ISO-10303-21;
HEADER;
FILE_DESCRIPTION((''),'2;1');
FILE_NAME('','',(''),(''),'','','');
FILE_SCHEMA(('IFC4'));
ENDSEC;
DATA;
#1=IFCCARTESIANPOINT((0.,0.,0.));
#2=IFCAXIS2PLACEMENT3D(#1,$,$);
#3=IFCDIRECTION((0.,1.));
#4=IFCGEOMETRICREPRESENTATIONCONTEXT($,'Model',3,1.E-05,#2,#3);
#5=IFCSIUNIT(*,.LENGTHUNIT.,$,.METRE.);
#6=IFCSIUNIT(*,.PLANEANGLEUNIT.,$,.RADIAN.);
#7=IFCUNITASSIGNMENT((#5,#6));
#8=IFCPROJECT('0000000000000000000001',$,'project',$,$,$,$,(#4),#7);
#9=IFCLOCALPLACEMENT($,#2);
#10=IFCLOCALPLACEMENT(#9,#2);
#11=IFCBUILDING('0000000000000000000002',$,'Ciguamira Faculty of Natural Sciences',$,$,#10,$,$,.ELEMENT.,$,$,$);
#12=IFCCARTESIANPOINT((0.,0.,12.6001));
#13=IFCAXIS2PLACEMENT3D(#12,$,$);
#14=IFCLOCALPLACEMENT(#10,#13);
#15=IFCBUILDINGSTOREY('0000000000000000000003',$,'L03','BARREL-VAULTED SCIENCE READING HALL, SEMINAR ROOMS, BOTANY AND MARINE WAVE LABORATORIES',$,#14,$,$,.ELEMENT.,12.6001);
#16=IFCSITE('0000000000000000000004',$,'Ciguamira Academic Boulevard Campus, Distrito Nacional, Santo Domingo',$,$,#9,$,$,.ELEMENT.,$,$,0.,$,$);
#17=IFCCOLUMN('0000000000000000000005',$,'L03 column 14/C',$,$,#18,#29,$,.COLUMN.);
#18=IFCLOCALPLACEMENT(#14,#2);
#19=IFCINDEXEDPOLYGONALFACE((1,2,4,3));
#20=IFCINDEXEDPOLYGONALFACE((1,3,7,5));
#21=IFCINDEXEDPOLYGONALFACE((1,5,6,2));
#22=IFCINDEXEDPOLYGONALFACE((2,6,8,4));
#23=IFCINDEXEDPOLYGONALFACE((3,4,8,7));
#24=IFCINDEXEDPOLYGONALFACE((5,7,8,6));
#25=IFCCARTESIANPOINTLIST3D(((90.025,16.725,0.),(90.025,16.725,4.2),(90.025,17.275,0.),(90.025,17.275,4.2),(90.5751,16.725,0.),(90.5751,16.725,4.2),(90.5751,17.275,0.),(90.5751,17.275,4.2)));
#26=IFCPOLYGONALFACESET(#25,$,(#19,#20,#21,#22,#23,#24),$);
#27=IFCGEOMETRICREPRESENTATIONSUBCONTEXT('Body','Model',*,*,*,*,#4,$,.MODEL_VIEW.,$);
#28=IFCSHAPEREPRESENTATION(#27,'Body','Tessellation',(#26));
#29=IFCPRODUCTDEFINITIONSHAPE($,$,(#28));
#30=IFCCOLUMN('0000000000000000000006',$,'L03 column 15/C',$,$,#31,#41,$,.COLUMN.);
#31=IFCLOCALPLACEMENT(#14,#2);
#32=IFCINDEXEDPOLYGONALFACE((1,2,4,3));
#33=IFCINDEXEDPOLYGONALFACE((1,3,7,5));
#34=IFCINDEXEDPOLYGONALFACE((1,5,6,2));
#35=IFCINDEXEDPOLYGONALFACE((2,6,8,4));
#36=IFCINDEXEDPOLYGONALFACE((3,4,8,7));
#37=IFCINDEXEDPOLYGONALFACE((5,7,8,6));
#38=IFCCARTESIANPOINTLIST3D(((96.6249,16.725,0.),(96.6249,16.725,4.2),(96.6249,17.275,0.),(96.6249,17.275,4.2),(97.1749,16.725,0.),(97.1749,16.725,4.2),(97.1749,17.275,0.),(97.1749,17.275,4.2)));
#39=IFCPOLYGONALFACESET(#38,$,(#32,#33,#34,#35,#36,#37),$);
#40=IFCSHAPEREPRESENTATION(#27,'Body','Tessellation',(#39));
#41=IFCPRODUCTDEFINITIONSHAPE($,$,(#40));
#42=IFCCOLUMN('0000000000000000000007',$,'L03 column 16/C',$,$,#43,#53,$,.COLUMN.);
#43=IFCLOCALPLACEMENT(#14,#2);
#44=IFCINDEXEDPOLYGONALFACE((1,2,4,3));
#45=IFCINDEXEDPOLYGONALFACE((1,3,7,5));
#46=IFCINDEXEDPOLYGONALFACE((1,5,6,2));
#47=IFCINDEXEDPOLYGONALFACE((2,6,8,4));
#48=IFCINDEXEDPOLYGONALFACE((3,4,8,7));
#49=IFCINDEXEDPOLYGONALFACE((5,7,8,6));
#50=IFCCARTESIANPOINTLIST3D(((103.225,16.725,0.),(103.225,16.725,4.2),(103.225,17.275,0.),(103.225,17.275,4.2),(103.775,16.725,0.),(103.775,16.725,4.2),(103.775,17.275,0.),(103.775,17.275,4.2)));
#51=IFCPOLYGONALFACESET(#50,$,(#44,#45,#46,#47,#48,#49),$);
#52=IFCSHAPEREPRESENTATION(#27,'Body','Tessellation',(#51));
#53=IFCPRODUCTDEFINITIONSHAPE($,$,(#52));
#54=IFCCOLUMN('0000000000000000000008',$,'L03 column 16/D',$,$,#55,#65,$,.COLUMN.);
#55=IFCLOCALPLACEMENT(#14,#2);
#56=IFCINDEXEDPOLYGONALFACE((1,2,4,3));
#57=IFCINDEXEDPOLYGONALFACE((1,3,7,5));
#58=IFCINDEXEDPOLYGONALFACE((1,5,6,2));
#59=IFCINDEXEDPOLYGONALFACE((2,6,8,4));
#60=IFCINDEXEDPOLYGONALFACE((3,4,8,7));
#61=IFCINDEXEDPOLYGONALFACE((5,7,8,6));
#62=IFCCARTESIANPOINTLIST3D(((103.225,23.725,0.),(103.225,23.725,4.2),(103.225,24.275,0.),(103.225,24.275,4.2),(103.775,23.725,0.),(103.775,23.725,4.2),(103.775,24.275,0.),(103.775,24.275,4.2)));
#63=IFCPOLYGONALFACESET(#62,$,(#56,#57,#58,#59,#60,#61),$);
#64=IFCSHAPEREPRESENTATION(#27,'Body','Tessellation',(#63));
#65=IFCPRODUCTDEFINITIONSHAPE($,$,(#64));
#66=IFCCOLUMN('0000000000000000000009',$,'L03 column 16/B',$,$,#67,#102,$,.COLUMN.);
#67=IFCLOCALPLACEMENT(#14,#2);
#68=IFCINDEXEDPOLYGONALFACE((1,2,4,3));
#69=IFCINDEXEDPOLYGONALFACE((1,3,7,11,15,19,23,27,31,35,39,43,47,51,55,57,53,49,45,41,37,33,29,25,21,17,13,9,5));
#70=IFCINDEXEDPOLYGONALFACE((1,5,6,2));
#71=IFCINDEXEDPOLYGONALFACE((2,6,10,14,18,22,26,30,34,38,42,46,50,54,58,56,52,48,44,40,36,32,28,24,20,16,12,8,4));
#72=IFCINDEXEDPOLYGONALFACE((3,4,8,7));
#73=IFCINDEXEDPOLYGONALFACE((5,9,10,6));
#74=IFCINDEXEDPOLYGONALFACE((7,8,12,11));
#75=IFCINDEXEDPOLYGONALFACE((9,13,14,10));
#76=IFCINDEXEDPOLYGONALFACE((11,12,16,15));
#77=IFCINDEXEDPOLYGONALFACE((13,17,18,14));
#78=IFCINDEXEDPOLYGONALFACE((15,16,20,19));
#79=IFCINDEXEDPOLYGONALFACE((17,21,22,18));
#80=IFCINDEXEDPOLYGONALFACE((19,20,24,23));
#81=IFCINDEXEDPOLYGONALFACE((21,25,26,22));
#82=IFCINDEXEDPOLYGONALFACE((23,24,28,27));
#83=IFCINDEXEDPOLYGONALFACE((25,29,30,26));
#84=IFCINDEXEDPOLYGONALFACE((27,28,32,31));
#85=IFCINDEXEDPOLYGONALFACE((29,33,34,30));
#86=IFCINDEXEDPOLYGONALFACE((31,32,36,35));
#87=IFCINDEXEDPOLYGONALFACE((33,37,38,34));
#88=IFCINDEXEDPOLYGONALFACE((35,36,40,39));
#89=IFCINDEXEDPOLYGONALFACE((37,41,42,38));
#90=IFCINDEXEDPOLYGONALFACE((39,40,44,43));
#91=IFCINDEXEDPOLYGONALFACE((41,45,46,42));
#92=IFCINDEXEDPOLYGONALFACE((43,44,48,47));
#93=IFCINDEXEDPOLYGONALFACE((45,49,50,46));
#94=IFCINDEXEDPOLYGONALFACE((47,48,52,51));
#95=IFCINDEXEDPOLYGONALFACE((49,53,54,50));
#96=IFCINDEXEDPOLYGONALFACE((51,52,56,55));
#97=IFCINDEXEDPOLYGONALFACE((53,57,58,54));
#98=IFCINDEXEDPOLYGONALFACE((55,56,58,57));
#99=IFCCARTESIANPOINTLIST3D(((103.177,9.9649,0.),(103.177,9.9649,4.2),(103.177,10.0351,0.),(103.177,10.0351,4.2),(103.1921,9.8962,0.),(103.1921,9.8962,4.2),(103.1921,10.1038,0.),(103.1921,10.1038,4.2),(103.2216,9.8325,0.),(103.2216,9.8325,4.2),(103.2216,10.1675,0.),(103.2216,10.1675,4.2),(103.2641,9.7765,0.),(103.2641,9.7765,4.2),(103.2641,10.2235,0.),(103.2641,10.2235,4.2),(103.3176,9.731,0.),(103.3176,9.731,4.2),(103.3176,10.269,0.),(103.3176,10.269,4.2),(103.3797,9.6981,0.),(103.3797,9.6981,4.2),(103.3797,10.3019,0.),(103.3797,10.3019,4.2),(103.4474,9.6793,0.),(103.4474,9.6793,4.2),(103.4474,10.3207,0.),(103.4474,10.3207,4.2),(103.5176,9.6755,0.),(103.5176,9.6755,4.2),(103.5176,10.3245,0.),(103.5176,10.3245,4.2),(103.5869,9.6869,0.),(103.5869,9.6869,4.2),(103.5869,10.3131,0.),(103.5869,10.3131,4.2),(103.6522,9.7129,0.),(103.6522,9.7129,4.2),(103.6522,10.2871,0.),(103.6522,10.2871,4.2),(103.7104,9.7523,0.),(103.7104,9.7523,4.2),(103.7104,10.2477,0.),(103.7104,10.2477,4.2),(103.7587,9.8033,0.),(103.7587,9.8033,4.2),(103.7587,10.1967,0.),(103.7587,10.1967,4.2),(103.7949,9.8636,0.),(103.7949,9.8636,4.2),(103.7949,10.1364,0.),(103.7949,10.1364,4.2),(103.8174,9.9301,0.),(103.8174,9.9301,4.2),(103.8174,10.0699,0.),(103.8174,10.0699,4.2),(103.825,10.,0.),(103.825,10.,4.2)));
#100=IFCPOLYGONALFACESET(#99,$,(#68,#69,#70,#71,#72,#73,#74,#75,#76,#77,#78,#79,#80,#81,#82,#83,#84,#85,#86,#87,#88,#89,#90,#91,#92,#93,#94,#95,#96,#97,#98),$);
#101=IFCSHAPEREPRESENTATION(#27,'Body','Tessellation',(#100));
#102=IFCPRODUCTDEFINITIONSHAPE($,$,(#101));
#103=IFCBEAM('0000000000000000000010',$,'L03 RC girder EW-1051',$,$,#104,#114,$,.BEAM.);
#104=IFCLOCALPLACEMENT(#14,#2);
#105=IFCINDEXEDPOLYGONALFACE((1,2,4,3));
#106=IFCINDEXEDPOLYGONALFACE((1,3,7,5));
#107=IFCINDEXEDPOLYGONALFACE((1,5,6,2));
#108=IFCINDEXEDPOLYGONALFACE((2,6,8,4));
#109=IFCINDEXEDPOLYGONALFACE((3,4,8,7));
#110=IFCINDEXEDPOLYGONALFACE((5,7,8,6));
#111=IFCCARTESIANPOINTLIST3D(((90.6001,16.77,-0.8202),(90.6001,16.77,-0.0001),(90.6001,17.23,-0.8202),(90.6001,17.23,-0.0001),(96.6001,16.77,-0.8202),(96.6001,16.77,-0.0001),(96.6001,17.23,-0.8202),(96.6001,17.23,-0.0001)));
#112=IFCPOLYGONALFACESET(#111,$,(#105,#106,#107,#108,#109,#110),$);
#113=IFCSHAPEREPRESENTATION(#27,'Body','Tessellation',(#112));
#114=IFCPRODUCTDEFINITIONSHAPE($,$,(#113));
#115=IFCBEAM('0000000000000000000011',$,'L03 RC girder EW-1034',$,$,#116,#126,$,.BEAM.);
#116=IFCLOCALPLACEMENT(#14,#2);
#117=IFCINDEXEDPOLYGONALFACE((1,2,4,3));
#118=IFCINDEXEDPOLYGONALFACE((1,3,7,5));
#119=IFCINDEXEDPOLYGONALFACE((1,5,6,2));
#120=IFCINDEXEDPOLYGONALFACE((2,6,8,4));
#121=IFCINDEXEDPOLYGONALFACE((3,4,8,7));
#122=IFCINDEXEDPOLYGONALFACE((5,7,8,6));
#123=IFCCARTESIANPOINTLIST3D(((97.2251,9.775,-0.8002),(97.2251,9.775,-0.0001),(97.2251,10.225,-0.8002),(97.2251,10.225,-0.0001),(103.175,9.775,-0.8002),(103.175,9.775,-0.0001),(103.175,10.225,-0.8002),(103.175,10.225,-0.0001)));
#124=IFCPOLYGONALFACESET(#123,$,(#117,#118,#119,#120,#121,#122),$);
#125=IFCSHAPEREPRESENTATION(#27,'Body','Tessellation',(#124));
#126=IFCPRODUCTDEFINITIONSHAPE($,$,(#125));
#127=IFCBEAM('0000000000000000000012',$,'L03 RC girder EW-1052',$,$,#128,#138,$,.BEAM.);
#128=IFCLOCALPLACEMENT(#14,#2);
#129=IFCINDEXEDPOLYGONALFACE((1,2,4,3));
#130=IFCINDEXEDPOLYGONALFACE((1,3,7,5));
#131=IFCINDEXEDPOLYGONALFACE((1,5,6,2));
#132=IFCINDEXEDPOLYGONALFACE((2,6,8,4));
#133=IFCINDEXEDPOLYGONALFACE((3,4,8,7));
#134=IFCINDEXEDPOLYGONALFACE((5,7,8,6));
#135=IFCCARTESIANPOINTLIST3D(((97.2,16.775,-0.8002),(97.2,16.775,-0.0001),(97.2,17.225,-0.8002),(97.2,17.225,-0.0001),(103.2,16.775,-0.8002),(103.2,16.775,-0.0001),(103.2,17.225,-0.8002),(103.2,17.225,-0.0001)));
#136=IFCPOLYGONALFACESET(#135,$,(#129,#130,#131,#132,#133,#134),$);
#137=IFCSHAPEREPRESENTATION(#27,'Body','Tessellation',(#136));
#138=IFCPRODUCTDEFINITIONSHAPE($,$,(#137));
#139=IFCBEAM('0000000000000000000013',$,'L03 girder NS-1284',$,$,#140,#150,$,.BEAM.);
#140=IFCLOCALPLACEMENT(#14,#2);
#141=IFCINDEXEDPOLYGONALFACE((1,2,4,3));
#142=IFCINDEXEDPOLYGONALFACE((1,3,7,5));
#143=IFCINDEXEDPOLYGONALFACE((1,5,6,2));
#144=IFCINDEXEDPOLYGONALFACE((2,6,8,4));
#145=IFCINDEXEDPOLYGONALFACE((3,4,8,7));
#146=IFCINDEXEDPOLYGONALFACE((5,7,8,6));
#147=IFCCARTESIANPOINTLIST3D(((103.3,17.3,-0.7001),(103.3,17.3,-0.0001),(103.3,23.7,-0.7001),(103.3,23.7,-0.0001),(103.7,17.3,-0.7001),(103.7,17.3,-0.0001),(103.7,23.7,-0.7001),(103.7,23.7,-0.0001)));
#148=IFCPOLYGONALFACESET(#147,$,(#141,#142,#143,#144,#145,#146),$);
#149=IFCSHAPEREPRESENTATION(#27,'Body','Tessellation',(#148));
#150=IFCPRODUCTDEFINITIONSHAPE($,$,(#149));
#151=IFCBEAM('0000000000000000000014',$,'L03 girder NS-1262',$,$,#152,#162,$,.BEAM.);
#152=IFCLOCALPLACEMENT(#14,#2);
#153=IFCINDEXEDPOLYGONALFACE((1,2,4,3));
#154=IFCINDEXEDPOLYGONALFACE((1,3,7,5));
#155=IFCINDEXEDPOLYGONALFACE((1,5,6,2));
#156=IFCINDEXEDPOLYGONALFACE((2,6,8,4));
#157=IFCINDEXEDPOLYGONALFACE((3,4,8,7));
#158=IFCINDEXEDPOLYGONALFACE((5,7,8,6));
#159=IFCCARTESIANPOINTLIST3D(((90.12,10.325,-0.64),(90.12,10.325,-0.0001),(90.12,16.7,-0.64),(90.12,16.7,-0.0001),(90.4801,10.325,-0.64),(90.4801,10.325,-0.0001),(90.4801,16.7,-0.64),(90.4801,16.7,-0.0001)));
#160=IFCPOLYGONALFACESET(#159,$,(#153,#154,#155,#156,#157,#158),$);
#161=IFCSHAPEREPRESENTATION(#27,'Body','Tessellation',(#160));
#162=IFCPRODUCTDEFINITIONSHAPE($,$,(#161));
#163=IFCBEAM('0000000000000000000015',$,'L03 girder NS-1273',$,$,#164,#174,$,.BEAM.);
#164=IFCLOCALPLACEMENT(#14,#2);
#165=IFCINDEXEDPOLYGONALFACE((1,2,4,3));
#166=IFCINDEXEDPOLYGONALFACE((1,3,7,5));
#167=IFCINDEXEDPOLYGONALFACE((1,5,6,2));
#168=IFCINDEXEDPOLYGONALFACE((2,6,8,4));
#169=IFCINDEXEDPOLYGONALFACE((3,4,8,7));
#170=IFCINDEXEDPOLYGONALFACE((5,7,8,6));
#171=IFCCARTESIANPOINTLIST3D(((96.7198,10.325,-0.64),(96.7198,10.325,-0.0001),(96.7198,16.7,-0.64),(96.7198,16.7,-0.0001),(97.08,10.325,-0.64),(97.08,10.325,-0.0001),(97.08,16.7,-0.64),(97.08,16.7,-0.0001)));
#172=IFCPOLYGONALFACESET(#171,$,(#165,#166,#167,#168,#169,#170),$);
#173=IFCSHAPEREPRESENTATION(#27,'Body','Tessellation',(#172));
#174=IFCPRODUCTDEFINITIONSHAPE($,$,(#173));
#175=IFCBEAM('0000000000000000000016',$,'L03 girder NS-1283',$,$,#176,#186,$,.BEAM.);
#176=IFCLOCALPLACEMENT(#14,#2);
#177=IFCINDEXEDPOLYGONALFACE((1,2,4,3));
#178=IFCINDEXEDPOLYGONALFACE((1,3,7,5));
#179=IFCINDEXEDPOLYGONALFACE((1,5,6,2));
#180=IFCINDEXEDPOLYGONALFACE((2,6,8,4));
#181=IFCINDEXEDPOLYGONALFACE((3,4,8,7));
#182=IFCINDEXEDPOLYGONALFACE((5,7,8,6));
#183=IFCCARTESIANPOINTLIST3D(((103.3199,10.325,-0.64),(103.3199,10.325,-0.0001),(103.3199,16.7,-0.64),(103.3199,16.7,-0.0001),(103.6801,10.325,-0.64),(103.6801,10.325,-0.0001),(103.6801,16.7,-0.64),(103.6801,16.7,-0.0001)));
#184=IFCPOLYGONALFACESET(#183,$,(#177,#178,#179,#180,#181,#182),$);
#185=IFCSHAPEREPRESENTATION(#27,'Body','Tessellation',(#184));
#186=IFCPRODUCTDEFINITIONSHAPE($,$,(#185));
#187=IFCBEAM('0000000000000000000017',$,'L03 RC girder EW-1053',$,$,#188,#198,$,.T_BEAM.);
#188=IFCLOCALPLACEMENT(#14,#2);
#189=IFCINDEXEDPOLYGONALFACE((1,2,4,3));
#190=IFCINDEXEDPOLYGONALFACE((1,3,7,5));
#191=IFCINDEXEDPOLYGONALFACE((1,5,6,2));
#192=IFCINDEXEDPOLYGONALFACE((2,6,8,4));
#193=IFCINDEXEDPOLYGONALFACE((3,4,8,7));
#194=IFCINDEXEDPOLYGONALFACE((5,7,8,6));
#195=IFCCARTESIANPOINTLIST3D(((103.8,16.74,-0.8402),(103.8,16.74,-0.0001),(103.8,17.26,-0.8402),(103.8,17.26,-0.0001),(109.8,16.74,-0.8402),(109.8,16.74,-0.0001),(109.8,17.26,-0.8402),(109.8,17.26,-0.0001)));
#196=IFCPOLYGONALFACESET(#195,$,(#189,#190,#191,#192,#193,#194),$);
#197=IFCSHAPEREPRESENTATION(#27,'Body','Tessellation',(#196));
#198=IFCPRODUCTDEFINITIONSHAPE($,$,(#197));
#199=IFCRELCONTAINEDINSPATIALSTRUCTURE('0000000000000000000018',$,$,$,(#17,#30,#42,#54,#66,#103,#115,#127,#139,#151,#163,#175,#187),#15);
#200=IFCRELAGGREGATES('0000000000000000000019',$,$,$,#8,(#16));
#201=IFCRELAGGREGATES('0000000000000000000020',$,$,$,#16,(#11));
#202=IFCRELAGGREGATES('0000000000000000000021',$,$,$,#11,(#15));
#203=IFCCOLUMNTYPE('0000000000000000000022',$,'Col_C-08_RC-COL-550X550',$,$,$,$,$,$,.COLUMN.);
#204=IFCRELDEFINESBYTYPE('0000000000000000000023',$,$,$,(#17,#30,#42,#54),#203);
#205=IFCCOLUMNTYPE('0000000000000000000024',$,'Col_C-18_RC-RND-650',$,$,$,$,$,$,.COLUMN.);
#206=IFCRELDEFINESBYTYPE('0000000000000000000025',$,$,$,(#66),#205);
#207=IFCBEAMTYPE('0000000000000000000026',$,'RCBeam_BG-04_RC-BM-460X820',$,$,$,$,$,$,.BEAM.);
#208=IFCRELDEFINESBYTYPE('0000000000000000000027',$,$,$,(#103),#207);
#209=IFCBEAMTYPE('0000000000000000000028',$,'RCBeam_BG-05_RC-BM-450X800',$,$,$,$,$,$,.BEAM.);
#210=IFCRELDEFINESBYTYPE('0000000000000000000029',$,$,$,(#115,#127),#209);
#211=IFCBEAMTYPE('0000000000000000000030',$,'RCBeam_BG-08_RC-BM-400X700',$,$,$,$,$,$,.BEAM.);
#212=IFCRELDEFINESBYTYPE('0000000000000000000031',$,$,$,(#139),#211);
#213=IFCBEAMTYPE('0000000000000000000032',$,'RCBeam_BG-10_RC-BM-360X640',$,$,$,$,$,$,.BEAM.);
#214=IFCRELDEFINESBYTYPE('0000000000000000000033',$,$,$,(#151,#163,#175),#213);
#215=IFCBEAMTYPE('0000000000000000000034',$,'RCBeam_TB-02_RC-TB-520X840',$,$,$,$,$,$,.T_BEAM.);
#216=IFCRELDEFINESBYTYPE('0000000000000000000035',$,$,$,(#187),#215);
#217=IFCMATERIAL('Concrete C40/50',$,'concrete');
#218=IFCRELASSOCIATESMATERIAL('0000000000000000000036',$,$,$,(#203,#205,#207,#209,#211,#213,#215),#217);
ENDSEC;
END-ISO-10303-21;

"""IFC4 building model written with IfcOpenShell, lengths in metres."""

from ifc_helpers import new_model, si_unit, direction, frame, origin, origin_2d, place, context, subcontext, project, spatial, rectangle, circle, extrude, material, material_profile, profile_set, type_object, element, save


model = new_model("IFC4")

# Units and contexts
model_context = context("Model", 3, precision=1e-05, world=origin(), true_north=direction((0.0, 1.0)))
body_context = subcontext(model_context, "Body", "Model", "MODEL_VIEW")
ifc_project = project(units=[si_unit("LENGTHUNIT", "METRE"), si_unit("PLANEANGLEUNIT", "RADIAN")], contexts=[model_context])

# Site, building, storey
site_placement = place(None, origin())
site = spatial("IfcSite", under=ifc_project, at=site_placement, Name="Ciguamira Academic Boulevard Campus, Distrito Nacional, Santo Domingo", CompositionType="ELEMENT", RefElevation=0.0)
building_placement = place(site_placement, origin())
building = spatial("IfcBuilding", under=site, at=building_placement, Name="Ciguamira Faculty of Natural Sciences", CompositionType="ELEMENT")
storey_placement = place(building_placement, frame((0.0, 0.0, 12.6001)))
storey = spatial("IfcBuildingStorey", under=building, at=storey_placement, Name="L03", Description="BARREL-VAULTED SCIENCE READING HALL, SEMINAR ROOMS, BOTANY AND MARINE WAVE LABORATORIES", CompositionType="ELEMENT", Elevation=12.6001)

# Columns
ifc_material_1 = material(Name="Concrete C40/50", Category="concrete")
ifc_material_profile_1 = material_profile(ifc_material_1, rectangle(XDim=0.55, YDim=0.55, at=origin_2d()), Name="RC-COL-550X550")
ifc_profile_set_1 = profile_set([ifc_material_profile_1], Name="Concrete C40/50")
column_type_1 = type_object("IfcColumnType", Name="Col_C-08_RC-COL-550X550", PredefinedType="COLUMN", material=ifc_profile_set_1)
for number, where, z_axis, x_axis, name in (
    (1, (90.3, 17.0, 0.0), (0.0, 0.0, 1.0), (1.0, 0.0, 0.0), "L03 column 14/C"),
    (2, (96.8999, 17.0, 0.0), (0.0, 0.0, 1.0), (1.0, 0.0, 0.0), "L03 column 15/C"),
    (3, (103.5, 17.0, 0.0), (0.0, 0.0, 1.0), (1.0, 0.0, 0.0), "L03 column 16/C"),
    (4, (103.5, 24.0, 0.0), (0.0, 0.0, 1.0), (1.0, 0.0, 0.0), "L03 column 16/D"),
):
    element("IfcColumn", number, at=place(storey_placement, frame(where, z_axis=z_axis, x_axis=x_axis)), inside=storey, type_object=column_type_1, Name=name, PredefinedType="COLUMN", context=body_context, shape_type="SweptSolid", body=[
        extrude(rectangle(XDim=0.55, YDim=0.55, at=origin_2d()), origin(), (0.0, 0.0, 1.0), 4.2),
    ])
ifc_material_profile_2 = material_profile(ifc_material_1, circle(Radius=0.325, at=origin_2d()), Name="RC-RND-650")
ifc_profile_set_2 = profile_set([ifc_material_profile_2], Name="Concrete C40/50")
column_type_2 = type_object("IfcColumnType", Name="Col_C-18_RC-RND-650", PredefinedType="COLUMN", material=ifc_profile_set_2)
column_placement = place(storey_placement, frame((103.5, 10.0, 0.0), z_axis=(0.0, 0.0, 1.0), x_axis=(1.0, 0.0, 0.0)))
element("IfcColumn", 5, at=column_placement, inside=storey, type_object=column_type_2, Name="L03 column 16/B", PredefinedType="COLUMN", context=body_context, shape_type="SweptSolid", body=[
    extrude(circle(Radius=0.325, at=origin_2d()), origin(), (0.0, 0.0, 1.0), 4.2),
])

# Beams
ifc_material_profile_3 = material_profile(ifc_material_1, rectangle(XDim=0.46, YDim=0.8201, at=origin_2d()), Name="RC-BM-460X820")
ifc_profile_set_3 = profile_set([ifc_material_profile_3], Name="Concrete C40/50")
beam_type_1 = type_object("IfcBeamType", Name="RCBeam_BG-04_RC-BM-460X820", PredefinedType="BEAM", material=ifc_profile_set_3)
beam_1_placement = place(storey_placement, frame((90.6001, 17.0, -0.4102), z_axis=(1.0, 0.0, 0.0), x_axis=(0.0, 1.0, 0.0)))
element("IfcBeam", 6, at=beam_1_placement, inside=storey, type_object=beam_type_1, Name="L03 RC girder EW-1051", PredefinedType="BEAM", context=body_context, shape_type="SweptSolid", body=[
    extrude(rectangle(XDim=0.46, YDim=0.8201, at=origin_2d()), origin(), (0.0, 0.0, 1.0), 6.0),
])
ifc_material_profile_4 = material_profile(ifc_material_1, rectangle(XDim=0.45, YDim=0.8, at=origin_2d()), Name="RC-BM-450X800")
ifc_profile_set_4 = profile_set([ifc_material_profile_4], Name="Concrete C40/50")
beam_type_2 = type_object("IfcBeamType", Name="RCBeam_BG-05_RC-BM-450X800", PredefinedType="BEAM", material=ifc_profile_set_4)
beam_2_placement = place(storey_placement, frame((97.2251, 10.0, -0.4001), z_axis=(1.0, 0.0, 0.0), x_axis=(0.0, 1.0, 0.0)))
element("IfcBeam", 7, at=beam_2_placement, inside=storey, type_object=beam_type_2, Name="L03 RC girder EW-1034", PredefinedType="BEAM", context=body_context, shape_type="SweptSolid", body=[
    extrude(rectangle(XDim=0.45, YDim=0.8, at=origin_2d()), origin(), (0.0, 0.0, 1.0), 5.95),
])
beam_3_placement = place(storey_placement, frame((97.2, 17.0, -0.4001), z_axis=(1.0, 0.0, 0.0), x_axis=(0.0, 1.0, 0.0)))
element("IfcBeam", 8, at=beam_3_placement, inside=storey, type_object=beam_type_2, Name="L03 RC girder EW-1052", PredefinedType="BEAM", context=body_context, shape_type="SweptSolid", body=[
    extrude(rectangle(XDim=0.45, YDim=0.8, at=origin_2d()), origin(), (0.0, 0.0, 1.0), 6.0),
])
ifc_material_profile_5 = material_profile(ifc_material_1, rectangle(XDim=0.3999, YDim=0.7, at=origin_2d()), Name="RC-BM-400X700")
ifc_profile_set_5 = profile_set([ifc_material_profile_5], Name="Concrete C40/50")
beam_type_3 = type_object("IfcBeamType", Name="RCBeam_BG-08_RC-BM-400X700", PredefinedType="BEAM", material=ifc_profile_set_5)
beam_4_placement = place(storey_placement, frame((103.5, 17.3, -0.3501), z_axis=(0.0, 1.0, 0.0), x_axis=(-1.0, 0.0, 0.0)))
element("IfcBeam", 9, at=beam_4_placement, inside=storey, type_object=beam_type_3, Name="L03 girder NS-1284", PredefinedType="BEAM", context=body_context, shape_type="SweptSolid", body=[
    extrude(rectangle(XDim=0.3999, YDim=0.7, at=origin_2d()), origin(), (0.0, 0.0, 1.0), 6.3999),
])
ifc_material_profile_6 = material_profile(ifc_material_1, rectangle(XDim=0.3601, YDim=0.6399, at=origin_2d()), Name="RC-BM-360X640")
ifc_profile_set_6 = profile_set([ifc_material_profile_6], Name="Concrete C40/50")
beam_type_4 = type_object("IfcBeamType", Name="RCBeam_BG-10_RC-BM-360X640", PredefinedType="BEAM", material=ifc_profile_set_6)
for number, where, z_axis, x_axis, name in (
    (10, (90.3, 10.325, -0.3201), (0.0, 1.0, 0.0), (-1.0, 0.0, 0.0), "L03 girder NS-1262"),
    (11, (96.8999, 10.325, -0.3201), (0.0, 1.0, 0.0), (-1.0, 0.0, 0.0), "L03 girder NS-1273"),
    (12, (103.5, 10.325, -0.3201), (0.0, 1.0, 0.0), (-1.0, 0.0, 0.0), "L03 girder NS-1283"),
):
    element("IfcBeam", number, at=place(storey_placement, frame(where, z_axis=z_axis, x_axis=x_axis)), inside=storey, type_object=beam_type_4, Name=name, PredefinedType="BEAM", context=body_context, shape_type="SweptSolid", body=[
        extrude(rectangle(XDim=0.3601, YDim=0.6399, at=origin_2d()), origin(), (0.0, 0.0, 1.0), 6.375),
    ])
ifc_material_profile_7 = material_profile(ifc_material_1, rectangle(XDim=0.52, YDim=0.8401, at=origin_2d()), Name="RC-TB-520X840")
ifc_profile_set_7 = profile_set([ifc_material_profile_7], Name="Concrete C40/50")
beam_type_5 = type_object("IfcBeamType", Name="RCBeam_TB-02_RC-TB-520X840", PredefinedType="T_BEAM", material=ifc_profile_set_7)
beam_5_placement = place(storey_placement, frame((103.8, 17.0, -0.4202), z_axis=(1.0, 0.0, 0.0), x_axis=(0.0, 1.0, 0.0)))
element("IfcBeam", 13, at=beam_5_placement, inside=storey, type_object=beam_type_5, Name="L03 RC girder EW-1053", PredefinedType="T_BEAM", context=body_context, shape_type="SweptSolid", body=[
    extrude(rectangle(XDim=0.52, YDim=0.8401, at=origin_2d()), origin(), (0.0, 0.0, 1.0), 6.0),
])

save(model, "model.ifc")
